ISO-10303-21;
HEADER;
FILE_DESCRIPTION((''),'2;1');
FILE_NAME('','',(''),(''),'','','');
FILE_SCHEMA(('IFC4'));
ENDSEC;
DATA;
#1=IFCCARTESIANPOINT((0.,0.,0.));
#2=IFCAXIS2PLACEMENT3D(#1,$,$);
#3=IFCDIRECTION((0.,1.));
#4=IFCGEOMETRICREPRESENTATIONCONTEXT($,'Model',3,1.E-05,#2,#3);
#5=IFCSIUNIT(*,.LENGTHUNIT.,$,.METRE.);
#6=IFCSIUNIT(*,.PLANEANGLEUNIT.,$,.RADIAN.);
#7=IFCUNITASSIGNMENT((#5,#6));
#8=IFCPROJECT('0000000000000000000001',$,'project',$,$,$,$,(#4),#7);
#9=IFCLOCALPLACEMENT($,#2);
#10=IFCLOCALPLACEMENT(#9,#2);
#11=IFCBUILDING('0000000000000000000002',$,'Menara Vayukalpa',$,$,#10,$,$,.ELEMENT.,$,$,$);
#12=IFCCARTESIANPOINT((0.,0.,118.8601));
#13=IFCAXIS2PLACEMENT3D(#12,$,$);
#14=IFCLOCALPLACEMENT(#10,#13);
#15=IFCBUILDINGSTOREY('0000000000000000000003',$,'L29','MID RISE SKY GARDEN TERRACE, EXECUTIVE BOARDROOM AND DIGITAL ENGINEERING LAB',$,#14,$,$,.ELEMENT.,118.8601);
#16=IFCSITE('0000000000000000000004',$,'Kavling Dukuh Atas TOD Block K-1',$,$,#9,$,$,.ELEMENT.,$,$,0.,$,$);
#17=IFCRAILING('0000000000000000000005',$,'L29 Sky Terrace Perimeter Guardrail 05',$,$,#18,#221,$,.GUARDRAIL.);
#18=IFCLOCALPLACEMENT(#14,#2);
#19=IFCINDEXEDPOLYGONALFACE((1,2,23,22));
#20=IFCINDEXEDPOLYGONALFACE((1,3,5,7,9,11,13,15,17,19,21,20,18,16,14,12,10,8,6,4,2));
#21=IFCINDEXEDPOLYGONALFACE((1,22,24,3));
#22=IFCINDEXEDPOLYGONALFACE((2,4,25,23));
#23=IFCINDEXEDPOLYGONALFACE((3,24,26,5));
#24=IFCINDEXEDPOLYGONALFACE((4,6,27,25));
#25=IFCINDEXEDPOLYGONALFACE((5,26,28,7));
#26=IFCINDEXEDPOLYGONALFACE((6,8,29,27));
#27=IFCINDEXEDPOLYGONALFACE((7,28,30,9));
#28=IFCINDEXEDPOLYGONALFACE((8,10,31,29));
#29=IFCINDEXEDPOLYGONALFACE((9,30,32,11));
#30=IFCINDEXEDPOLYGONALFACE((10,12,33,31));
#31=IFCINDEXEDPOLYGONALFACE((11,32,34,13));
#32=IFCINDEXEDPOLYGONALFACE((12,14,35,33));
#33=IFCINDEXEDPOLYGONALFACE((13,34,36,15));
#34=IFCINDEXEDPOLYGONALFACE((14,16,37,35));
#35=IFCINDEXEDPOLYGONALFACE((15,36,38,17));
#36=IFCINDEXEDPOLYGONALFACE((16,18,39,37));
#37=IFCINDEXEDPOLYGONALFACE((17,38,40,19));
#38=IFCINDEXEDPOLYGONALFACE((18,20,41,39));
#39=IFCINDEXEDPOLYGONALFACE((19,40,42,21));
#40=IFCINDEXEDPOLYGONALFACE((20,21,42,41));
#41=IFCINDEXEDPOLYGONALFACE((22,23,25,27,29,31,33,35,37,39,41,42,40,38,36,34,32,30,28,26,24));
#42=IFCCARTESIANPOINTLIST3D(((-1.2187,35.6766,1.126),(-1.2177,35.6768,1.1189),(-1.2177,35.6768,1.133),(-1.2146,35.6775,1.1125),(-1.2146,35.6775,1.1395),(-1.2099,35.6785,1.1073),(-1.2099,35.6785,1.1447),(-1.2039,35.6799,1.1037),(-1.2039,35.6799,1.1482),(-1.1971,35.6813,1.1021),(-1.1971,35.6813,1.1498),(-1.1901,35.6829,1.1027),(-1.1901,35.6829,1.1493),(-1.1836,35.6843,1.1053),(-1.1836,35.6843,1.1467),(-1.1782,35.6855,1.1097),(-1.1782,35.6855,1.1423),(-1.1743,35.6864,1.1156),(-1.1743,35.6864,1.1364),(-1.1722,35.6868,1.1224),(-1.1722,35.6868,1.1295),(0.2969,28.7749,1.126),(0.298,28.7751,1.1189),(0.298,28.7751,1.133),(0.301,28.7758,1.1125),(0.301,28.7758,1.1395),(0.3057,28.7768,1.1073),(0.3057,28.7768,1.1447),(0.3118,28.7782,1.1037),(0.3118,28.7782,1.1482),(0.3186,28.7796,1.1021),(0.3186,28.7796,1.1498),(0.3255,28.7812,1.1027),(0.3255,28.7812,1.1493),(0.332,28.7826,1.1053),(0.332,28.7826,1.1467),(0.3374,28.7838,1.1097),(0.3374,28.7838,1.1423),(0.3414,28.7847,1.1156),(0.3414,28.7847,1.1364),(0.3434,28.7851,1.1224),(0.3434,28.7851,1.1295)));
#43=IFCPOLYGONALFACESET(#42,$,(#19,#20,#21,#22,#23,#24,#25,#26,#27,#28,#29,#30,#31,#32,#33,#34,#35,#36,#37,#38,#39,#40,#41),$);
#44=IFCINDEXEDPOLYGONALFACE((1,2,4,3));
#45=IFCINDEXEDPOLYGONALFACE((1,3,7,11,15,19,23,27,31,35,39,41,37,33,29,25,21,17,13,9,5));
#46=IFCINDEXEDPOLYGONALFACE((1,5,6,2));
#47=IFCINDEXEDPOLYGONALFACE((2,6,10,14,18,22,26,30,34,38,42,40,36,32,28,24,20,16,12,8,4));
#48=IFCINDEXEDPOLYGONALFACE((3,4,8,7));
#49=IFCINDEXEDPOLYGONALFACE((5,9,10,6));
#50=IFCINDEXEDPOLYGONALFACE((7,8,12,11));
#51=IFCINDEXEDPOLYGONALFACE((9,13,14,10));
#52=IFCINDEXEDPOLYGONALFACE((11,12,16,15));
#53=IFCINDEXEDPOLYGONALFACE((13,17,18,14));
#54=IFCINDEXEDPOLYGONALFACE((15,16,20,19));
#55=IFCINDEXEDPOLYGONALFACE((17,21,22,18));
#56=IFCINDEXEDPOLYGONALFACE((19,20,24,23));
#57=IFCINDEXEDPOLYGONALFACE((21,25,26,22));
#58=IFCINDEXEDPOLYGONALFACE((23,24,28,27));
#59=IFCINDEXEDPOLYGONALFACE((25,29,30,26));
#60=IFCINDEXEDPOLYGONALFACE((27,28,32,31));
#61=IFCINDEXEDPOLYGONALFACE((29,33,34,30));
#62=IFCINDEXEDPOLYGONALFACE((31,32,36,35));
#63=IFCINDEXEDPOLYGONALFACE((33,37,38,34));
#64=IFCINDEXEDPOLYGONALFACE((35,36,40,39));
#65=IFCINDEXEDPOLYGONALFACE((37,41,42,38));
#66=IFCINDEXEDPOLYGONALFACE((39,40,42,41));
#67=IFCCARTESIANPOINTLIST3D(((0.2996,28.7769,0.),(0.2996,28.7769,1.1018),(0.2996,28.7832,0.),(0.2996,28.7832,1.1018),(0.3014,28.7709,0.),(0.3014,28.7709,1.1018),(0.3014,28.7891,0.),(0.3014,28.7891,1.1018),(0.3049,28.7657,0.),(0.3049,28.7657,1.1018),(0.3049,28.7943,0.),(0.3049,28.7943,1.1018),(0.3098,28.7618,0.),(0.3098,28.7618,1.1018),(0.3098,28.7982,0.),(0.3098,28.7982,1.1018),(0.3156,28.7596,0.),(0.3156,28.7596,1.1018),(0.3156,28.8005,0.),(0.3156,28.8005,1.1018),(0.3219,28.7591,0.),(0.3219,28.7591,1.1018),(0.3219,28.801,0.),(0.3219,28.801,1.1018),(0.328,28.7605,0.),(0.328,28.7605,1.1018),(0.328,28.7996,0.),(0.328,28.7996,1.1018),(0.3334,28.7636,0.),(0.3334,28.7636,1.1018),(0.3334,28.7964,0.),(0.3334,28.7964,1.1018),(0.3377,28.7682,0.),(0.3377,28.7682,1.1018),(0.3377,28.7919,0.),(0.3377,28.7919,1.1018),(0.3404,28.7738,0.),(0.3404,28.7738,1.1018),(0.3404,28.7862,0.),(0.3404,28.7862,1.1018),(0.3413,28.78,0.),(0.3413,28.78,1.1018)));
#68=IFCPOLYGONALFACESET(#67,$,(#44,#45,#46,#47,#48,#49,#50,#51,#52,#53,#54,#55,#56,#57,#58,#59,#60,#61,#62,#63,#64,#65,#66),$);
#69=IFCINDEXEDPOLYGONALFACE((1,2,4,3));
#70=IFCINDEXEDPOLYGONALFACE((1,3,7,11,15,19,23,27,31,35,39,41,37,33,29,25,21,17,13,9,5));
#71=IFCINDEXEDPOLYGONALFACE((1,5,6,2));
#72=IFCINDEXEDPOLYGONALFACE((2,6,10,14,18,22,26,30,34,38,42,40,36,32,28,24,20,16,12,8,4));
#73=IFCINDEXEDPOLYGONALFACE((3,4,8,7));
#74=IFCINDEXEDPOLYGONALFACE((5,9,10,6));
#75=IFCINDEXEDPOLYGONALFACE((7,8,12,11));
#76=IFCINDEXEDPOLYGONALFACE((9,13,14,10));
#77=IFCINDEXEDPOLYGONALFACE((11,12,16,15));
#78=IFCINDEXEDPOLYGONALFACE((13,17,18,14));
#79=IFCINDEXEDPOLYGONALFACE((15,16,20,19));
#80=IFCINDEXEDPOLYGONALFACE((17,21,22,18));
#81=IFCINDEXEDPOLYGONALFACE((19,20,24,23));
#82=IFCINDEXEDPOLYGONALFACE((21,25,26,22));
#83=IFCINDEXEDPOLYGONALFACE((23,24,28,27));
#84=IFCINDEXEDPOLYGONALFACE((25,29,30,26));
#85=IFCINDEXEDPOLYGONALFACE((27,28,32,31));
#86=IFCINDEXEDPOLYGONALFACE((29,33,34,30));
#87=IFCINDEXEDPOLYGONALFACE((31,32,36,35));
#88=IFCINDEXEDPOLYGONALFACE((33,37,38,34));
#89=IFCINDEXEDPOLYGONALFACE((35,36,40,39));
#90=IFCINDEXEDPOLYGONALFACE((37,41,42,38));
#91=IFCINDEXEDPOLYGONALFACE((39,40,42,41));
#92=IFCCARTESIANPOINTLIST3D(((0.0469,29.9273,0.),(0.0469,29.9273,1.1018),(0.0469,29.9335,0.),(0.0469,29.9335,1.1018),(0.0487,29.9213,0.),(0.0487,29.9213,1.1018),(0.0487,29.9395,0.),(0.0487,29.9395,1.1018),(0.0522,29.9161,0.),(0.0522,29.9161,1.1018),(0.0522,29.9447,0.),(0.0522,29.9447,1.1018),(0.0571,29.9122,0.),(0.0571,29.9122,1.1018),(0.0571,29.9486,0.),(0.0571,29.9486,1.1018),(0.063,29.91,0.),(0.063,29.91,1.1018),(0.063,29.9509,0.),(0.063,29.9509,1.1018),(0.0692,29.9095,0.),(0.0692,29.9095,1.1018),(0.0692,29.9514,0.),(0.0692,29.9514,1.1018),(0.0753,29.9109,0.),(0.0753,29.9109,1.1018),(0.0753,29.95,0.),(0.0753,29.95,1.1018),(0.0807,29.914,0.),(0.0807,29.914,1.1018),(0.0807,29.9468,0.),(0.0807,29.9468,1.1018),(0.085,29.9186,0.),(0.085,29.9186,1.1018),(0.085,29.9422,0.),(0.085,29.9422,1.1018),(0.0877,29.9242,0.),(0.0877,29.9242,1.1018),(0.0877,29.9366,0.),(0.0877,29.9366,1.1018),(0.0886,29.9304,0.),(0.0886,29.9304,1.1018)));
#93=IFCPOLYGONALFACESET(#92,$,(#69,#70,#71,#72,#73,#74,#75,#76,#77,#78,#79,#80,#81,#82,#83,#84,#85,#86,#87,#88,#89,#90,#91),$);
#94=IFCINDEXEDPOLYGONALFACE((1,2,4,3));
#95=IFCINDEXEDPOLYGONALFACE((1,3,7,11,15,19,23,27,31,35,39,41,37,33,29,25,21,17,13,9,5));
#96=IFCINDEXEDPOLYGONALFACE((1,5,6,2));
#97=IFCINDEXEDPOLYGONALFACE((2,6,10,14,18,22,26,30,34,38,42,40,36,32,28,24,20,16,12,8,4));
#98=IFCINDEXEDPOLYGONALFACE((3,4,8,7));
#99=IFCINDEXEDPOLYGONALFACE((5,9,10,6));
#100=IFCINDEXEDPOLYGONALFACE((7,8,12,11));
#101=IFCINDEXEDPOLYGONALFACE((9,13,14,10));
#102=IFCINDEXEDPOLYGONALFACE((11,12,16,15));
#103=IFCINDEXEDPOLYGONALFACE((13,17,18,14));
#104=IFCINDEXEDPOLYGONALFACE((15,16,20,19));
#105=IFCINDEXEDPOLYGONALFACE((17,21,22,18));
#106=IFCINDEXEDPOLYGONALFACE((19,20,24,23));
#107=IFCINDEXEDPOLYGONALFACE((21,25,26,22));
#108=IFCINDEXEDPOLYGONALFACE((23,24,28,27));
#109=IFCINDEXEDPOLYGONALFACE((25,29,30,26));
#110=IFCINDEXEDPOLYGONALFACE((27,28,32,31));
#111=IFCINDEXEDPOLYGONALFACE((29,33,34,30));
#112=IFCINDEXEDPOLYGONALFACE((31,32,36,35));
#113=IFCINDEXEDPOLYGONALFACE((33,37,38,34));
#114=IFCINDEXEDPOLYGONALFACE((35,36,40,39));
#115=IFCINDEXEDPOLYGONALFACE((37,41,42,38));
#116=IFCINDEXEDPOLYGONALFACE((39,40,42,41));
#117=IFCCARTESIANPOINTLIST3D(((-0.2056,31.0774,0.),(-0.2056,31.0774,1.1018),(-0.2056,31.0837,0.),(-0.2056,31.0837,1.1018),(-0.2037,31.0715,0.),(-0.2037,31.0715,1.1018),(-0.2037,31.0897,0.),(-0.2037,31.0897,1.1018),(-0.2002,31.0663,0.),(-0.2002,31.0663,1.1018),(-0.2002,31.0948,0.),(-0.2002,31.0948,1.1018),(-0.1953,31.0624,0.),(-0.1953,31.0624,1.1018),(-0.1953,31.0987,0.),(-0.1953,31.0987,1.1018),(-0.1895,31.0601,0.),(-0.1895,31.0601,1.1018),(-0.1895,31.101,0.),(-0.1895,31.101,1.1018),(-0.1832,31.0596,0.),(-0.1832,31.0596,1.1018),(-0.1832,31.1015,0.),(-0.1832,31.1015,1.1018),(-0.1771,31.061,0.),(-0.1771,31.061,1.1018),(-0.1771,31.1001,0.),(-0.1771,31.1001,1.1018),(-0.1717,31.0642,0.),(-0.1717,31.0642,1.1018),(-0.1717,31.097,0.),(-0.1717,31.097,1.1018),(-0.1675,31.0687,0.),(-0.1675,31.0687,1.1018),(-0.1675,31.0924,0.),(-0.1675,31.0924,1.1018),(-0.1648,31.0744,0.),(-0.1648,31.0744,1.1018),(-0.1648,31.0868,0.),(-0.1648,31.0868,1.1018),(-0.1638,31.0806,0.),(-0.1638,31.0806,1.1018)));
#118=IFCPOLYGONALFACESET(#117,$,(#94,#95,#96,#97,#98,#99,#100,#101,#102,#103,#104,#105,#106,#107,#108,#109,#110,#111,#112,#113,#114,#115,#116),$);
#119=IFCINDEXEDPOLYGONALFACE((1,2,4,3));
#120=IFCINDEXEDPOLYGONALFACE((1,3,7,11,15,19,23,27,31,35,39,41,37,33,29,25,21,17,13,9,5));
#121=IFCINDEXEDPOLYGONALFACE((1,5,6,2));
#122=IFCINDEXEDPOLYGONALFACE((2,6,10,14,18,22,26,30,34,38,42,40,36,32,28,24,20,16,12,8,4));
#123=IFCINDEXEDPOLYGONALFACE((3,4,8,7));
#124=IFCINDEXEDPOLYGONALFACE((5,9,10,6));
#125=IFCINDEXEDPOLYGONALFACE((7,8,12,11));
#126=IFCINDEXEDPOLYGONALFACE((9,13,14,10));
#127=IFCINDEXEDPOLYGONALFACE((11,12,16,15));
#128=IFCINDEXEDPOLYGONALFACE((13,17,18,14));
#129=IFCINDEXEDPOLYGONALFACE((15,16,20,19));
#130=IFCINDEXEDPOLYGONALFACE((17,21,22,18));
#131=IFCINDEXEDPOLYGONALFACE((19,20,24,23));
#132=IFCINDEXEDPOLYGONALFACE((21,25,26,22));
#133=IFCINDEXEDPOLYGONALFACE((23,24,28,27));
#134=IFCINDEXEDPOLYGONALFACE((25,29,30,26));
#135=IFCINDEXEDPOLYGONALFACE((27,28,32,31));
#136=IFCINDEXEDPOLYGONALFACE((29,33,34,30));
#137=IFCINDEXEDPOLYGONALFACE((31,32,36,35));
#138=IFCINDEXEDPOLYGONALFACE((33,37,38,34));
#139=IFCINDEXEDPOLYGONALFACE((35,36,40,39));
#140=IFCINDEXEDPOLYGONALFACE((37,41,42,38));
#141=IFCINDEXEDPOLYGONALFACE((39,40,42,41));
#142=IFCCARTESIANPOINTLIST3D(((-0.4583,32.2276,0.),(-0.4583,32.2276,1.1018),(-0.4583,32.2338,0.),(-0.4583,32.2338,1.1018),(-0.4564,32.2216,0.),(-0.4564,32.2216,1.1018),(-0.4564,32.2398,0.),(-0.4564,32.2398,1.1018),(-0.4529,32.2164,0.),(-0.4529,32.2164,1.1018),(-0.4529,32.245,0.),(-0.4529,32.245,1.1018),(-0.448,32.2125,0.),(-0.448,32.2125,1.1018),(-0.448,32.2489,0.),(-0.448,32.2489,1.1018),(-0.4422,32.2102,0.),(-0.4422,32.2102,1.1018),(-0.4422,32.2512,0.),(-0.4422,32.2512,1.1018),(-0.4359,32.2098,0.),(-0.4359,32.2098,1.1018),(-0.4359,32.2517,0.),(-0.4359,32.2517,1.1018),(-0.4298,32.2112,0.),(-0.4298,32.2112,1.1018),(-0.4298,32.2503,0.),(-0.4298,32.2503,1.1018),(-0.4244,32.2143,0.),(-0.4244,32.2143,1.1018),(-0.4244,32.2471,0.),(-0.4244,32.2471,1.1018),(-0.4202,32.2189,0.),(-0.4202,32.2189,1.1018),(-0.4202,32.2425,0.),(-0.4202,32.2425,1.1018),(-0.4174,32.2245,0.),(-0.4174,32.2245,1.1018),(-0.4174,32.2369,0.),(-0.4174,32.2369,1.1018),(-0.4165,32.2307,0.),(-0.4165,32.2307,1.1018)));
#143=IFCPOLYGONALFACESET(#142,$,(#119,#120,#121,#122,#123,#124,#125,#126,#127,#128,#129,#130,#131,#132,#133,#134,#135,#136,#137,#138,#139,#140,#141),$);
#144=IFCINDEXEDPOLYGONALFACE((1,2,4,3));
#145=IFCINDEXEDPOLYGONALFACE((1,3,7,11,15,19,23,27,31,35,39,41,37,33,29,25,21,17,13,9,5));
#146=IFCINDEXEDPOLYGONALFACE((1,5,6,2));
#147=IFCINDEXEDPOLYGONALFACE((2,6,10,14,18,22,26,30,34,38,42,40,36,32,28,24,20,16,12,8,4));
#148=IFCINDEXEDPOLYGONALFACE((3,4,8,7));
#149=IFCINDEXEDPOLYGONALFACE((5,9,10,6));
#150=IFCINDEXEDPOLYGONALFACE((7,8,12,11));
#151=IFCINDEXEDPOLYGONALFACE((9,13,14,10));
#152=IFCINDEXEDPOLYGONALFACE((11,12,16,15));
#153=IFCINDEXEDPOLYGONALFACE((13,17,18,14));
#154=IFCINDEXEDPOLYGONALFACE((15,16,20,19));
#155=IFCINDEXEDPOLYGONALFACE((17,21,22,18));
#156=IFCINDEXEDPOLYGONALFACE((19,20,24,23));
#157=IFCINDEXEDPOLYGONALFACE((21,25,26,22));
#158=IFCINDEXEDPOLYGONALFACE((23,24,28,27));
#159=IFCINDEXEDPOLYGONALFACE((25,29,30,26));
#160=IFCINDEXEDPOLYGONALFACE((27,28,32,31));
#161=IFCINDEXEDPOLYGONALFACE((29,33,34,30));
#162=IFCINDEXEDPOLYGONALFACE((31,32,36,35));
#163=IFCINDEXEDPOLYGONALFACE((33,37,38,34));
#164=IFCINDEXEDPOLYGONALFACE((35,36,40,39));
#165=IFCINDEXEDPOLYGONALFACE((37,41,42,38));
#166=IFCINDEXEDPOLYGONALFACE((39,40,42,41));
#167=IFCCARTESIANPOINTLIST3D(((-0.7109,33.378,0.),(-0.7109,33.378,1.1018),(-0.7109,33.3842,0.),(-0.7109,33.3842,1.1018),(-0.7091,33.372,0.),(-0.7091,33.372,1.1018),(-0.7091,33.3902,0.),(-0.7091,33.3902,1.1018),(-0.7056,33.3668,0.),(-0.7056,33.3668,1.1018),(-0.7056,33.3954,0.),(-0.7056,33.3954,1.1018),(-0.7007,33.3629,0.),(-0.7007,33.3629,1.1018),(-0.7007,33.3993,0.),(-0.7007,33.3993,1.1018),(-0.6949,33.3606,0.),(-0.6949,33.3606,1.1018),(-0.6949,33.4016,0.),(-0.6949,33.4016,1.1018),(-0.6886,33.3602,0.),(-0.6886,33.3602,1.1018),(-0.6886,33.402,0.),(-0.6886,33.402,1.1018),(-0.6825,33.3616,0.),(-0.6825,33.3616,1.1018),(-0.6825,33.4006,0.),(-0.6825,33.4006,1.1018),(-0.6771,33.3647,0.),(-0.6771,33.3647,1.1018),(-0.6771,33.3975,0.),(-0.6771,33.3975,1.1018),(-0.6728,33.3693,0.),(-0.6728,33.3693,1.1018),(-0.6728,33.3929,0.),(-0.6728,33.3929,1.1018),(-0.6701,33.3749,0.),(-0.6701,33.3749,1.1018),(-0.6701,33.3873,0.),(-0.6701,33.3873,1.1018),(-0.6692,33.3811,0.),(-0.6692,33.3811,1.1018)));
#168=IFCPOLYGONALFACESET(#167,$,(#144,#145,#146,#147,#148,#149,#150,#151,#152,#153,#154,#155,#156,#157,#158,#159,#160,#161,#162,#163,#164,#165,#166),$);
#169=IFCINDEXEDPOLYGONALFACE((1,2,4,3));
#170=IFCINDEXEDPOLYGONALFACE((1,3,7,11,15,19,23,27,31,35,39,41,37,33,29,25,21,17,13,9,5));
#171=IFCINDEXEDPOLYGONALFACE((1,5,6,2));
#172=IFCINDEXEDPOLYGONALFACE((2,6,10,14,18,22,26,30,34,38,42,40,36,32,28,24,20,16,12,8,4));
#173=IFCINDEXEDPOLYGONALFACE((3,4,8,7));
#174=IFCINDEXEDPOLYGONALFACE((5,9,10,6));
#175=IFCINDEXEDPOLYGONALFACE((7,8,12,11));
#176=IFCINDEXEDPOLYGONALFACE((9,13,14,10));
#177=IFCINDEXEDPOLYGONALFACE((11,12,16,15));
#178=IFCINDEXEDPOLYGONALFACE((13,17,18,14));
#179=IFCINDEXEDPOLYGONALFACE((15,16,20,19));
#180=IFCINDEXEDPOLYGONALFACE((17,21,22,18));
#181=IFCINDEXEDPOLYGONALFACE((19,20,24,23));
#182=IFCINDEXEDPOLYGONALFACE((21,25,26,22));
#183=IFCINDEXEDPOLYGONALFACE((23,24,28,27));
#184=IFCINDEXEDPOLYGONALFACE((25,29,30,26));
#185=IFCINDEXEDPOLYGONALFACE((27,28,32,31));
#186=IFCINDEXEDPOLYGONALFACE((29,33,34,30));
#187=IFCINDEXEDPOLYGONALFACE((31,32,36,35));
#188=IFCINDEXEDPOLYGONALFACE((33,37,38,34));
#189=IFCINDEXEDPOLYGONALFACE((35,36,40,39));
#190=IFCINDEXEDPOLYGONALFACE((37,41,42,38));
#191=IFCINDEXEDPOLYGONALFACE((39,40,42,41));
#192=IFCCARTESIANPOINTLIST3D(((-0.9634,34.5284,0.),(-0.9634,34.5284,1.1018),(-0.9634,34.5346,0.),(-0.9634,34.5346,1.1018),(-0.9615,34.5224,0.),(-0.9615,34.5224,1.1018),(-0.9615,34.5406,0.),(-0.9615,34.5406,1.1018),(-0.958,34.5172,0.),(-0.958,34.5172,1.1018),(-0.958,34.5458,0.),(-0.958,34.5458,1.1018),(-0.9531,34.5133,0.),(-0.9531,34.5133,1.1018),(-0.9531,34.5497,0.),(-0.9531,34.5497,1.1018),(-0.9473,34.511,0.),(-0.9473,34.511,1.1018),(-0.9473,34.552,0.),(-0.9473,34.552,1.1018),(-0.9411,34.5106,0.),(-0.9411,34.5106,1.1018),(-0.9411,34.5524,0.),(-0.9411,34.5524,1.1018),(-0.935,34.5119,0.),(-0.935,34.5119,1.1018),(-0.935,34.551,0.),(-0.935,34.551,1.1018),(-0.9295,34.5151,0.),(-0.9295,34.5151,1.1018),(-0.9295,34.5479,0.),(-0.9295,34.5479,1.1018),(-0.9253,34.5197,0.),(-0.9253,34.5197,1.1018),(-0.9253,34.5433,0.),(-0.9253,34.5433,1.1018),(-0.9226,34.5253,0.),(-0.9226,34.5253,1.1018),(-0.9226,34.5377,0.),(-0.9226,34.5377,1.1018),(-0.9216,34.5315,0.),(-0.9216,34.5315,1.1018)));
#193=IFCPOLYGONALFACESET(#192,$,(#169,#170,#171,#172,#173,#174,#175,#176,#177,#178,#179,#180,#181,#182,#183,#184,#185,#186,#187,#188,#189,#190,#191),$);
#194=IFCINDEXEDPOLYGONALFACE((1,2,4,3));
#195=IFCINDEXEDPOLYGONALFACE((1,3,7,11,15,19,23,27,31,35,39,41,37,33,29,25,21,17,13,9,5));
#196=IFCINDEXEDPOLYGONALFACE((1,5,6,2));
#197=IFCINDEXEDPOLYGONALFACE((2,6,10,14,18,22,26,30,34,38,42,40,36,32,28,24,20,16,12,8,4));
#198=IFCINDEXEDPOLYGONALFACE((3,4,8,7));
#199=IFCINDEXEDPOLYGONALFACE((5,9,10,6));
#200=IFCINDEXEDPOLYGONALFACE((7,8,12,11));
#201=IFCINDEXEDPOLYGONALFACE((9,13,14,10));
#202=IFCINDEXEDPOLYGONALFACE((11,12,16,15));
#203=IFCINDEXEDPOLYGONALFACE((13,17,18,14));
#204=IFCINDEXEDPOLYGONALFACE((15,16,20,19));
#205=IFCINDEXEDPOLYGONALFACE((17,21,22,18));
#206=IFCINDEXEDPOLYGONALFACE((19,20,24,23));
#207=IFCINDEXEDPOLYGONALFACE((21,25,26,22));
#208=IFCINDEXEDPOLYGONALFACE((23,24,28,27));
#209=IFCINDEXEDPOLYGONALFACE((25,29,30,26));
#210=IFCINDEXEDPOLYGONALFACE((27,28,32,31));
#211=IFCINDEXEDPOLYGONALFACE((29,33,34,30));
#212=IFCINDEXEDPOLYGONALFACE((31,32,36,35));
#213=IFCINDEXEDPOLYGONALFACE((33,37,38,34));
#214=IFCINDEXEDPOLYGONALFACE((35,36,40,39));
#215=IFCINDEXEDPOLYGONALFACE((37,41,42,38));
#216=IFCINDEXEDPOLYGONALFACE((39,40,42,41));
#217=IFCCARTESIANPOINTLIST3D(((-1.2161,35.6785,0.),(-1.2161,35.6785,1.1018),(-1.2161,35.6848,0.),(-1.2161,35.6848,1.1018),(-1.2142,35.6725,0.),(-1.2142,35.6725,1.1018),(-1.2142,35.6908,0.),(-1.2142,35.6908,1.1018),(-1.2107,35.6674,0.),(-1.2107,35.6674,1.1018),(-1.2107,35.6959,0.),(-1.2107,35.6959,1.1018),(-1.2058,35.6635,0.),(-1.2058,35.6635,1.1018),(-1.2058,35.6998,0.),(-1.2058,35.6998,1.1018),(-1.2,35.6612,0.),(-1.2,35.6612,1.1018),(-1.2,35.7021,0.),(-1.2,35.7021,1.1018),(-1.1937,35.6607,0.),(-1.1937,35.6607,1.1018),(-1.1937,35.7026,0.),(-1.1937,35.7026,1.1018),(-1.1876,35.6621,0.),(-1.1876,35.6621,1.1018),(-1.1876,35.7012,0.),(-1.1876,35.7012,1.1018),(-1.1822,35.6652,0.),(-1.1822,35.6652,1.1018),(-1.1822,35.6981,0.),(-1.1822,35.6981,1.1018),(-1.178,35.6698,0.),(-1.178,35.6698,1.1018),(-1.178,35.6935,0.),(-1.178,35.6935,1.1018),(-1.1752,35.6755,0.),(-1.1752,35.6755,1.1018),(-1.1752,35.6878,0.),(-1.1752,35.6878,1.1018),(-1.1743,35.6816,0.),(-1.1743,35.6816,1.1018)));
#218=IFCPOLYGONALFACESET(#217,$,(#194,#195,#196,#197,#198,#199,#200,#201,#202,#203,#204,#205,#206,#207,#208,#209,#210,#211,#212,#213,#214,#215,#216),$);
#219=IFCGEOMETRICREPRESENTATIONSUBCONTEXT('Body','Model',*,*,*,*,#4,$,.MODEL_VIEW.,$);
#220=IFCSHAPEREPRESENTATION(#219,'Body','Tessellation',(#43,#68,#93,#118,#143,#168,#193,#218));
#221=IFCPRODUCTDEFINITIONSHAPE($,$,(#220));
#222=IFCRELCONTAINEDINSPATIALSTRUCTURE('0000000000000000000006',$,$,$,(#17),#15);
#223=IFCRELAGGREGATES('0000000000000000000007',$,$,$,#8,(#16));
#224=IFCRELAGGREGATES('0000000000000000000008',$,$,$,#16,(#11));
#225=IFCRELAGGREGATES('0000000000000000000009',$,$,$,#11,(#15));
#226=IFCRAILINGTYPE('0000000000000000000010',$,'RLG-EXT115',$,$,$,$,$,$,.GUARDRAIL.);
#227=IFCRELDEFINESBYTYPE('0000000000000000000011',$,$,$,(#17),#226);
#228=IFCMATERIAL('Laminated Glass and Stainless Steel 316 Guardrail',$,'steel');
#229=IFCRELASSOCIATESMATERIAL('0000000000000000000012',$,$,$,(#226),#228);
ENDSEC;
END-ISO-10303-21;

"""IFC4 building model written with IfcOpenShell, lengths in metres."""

from ifc_helpers import new_model, si_unit, direction, frame, origin, origin_2d, place, context, subcontext, project, spatial, circle, extrude, material, type_object, element, save


model = new_model("IFC4")

# Units and contexts
model_context = context("Model", 3, precision=1e-05, world=origin(), true_north=direction((0.0, 1.0)))
body_context = subcontext(model_context, "Body", "Model", "MODEL_VIEW")
ifc_project = project(units=[si_unit("LENGTHUNIT", "METRE"), si_unit("PLANEANGLEUNIT", "RADIAN")], contexts=[model_context])

# Site, building, storey
site_placement = place(None, origin())
site = spatial("IfcSite", under=ifc_project, at=site_placement, Name="Kavling Dukuh Atas TOD Block K-1", CompositionType="ELEMENT", RefElevation=0.0)
building_placement = place(site_placement, origin())
building = spatial("IfcBuilding", under=site, at=building_placement, Name="Menara Vayukalpa", CompositionType="ELEMENT")
storey_placement = place(building_placement, frame((0.0, 0.0, 118.8601)))
storey = spatial("IfcBuildingStorey", under=building, at=storey_placement, Name="L29", Description="MID RISE SKY GARDEN TERRACE, EXECUTIVE BOARDROOM AND DIGITAL ENGINEERING LAB", CompositionType="ELEMENT", Elevation=118.8601)

# Railing
ifc_material_1 = material(Name="Laminated Glass and Stainless Steel 316 Guardrail", Category="steel")
railing_type = type_object("IfcRailingType", Name="RLG-EXT115", PredefinedType="GUARDRAIL", material=ifc_material_1)
railing_1_placement = place(storey_placement, frame((0.3203, 28.78, 0.0)))
element("IfcRailing", 1, at=railing_1_placement, inside=storey, type_object=railing_type, Name="L29 Sky Terrace Perimeter Guardrail 05", PredefinedType="GUARDRAIL", context=body_context, shape_type="SweptSolid", body=[
    extrude(circle(Radius=0.0239, at=origin_2d()), frame((0.0, 0.0, 1.126), z_axis=(-0.214493, 0.976725, 0.0), x_axis=(-0.976725, -0.214493, 0.0)), (0.0, 0.0, 1.0), 7.0662),
    extrude(circle(Radius=0.021, at=origin_2d()), origin(), (0.0, 0.0, 1.0), 1.1018),
    extrude(circle(Radius=0.021, at=origin_2d()), frame((-0.2527, 1.1504, 0.0)), (0.0, 0.0, 1.0), 1.1018),
    extrude(circle(Radius=0.021, at=origin_2d()), frame((-0.5051, 2.3005, 0.0)), (0.0, 0.0, 1.0), 1.1018),
    extrude(circle(Radius=0.021, at=origin_2d()), frame((-0.7578, 3.4507, 0.0)), (0.0, 0.0, 1.0), 1.1018),
    extrude(circle(Radius=0.021, at=origin_2d()), frame((-1.0105, 4.6011, 0.0)), (0.0, 0.0, 1.0), 1.1018),
    extrude(circle(Radius=0.021, at=origin_2d()), frame((-1.2629, 5.7515, 0.0)), (0.0, 0.0, 1.0), 1.1018),
    extrude(circle(Radius=0.021, at=origin_2d()), frame((-1.5156, 6.9016, 0.0)), (0.0, 0.0, 1.0), 1.1018),
])

save(model, "model.ifc")
